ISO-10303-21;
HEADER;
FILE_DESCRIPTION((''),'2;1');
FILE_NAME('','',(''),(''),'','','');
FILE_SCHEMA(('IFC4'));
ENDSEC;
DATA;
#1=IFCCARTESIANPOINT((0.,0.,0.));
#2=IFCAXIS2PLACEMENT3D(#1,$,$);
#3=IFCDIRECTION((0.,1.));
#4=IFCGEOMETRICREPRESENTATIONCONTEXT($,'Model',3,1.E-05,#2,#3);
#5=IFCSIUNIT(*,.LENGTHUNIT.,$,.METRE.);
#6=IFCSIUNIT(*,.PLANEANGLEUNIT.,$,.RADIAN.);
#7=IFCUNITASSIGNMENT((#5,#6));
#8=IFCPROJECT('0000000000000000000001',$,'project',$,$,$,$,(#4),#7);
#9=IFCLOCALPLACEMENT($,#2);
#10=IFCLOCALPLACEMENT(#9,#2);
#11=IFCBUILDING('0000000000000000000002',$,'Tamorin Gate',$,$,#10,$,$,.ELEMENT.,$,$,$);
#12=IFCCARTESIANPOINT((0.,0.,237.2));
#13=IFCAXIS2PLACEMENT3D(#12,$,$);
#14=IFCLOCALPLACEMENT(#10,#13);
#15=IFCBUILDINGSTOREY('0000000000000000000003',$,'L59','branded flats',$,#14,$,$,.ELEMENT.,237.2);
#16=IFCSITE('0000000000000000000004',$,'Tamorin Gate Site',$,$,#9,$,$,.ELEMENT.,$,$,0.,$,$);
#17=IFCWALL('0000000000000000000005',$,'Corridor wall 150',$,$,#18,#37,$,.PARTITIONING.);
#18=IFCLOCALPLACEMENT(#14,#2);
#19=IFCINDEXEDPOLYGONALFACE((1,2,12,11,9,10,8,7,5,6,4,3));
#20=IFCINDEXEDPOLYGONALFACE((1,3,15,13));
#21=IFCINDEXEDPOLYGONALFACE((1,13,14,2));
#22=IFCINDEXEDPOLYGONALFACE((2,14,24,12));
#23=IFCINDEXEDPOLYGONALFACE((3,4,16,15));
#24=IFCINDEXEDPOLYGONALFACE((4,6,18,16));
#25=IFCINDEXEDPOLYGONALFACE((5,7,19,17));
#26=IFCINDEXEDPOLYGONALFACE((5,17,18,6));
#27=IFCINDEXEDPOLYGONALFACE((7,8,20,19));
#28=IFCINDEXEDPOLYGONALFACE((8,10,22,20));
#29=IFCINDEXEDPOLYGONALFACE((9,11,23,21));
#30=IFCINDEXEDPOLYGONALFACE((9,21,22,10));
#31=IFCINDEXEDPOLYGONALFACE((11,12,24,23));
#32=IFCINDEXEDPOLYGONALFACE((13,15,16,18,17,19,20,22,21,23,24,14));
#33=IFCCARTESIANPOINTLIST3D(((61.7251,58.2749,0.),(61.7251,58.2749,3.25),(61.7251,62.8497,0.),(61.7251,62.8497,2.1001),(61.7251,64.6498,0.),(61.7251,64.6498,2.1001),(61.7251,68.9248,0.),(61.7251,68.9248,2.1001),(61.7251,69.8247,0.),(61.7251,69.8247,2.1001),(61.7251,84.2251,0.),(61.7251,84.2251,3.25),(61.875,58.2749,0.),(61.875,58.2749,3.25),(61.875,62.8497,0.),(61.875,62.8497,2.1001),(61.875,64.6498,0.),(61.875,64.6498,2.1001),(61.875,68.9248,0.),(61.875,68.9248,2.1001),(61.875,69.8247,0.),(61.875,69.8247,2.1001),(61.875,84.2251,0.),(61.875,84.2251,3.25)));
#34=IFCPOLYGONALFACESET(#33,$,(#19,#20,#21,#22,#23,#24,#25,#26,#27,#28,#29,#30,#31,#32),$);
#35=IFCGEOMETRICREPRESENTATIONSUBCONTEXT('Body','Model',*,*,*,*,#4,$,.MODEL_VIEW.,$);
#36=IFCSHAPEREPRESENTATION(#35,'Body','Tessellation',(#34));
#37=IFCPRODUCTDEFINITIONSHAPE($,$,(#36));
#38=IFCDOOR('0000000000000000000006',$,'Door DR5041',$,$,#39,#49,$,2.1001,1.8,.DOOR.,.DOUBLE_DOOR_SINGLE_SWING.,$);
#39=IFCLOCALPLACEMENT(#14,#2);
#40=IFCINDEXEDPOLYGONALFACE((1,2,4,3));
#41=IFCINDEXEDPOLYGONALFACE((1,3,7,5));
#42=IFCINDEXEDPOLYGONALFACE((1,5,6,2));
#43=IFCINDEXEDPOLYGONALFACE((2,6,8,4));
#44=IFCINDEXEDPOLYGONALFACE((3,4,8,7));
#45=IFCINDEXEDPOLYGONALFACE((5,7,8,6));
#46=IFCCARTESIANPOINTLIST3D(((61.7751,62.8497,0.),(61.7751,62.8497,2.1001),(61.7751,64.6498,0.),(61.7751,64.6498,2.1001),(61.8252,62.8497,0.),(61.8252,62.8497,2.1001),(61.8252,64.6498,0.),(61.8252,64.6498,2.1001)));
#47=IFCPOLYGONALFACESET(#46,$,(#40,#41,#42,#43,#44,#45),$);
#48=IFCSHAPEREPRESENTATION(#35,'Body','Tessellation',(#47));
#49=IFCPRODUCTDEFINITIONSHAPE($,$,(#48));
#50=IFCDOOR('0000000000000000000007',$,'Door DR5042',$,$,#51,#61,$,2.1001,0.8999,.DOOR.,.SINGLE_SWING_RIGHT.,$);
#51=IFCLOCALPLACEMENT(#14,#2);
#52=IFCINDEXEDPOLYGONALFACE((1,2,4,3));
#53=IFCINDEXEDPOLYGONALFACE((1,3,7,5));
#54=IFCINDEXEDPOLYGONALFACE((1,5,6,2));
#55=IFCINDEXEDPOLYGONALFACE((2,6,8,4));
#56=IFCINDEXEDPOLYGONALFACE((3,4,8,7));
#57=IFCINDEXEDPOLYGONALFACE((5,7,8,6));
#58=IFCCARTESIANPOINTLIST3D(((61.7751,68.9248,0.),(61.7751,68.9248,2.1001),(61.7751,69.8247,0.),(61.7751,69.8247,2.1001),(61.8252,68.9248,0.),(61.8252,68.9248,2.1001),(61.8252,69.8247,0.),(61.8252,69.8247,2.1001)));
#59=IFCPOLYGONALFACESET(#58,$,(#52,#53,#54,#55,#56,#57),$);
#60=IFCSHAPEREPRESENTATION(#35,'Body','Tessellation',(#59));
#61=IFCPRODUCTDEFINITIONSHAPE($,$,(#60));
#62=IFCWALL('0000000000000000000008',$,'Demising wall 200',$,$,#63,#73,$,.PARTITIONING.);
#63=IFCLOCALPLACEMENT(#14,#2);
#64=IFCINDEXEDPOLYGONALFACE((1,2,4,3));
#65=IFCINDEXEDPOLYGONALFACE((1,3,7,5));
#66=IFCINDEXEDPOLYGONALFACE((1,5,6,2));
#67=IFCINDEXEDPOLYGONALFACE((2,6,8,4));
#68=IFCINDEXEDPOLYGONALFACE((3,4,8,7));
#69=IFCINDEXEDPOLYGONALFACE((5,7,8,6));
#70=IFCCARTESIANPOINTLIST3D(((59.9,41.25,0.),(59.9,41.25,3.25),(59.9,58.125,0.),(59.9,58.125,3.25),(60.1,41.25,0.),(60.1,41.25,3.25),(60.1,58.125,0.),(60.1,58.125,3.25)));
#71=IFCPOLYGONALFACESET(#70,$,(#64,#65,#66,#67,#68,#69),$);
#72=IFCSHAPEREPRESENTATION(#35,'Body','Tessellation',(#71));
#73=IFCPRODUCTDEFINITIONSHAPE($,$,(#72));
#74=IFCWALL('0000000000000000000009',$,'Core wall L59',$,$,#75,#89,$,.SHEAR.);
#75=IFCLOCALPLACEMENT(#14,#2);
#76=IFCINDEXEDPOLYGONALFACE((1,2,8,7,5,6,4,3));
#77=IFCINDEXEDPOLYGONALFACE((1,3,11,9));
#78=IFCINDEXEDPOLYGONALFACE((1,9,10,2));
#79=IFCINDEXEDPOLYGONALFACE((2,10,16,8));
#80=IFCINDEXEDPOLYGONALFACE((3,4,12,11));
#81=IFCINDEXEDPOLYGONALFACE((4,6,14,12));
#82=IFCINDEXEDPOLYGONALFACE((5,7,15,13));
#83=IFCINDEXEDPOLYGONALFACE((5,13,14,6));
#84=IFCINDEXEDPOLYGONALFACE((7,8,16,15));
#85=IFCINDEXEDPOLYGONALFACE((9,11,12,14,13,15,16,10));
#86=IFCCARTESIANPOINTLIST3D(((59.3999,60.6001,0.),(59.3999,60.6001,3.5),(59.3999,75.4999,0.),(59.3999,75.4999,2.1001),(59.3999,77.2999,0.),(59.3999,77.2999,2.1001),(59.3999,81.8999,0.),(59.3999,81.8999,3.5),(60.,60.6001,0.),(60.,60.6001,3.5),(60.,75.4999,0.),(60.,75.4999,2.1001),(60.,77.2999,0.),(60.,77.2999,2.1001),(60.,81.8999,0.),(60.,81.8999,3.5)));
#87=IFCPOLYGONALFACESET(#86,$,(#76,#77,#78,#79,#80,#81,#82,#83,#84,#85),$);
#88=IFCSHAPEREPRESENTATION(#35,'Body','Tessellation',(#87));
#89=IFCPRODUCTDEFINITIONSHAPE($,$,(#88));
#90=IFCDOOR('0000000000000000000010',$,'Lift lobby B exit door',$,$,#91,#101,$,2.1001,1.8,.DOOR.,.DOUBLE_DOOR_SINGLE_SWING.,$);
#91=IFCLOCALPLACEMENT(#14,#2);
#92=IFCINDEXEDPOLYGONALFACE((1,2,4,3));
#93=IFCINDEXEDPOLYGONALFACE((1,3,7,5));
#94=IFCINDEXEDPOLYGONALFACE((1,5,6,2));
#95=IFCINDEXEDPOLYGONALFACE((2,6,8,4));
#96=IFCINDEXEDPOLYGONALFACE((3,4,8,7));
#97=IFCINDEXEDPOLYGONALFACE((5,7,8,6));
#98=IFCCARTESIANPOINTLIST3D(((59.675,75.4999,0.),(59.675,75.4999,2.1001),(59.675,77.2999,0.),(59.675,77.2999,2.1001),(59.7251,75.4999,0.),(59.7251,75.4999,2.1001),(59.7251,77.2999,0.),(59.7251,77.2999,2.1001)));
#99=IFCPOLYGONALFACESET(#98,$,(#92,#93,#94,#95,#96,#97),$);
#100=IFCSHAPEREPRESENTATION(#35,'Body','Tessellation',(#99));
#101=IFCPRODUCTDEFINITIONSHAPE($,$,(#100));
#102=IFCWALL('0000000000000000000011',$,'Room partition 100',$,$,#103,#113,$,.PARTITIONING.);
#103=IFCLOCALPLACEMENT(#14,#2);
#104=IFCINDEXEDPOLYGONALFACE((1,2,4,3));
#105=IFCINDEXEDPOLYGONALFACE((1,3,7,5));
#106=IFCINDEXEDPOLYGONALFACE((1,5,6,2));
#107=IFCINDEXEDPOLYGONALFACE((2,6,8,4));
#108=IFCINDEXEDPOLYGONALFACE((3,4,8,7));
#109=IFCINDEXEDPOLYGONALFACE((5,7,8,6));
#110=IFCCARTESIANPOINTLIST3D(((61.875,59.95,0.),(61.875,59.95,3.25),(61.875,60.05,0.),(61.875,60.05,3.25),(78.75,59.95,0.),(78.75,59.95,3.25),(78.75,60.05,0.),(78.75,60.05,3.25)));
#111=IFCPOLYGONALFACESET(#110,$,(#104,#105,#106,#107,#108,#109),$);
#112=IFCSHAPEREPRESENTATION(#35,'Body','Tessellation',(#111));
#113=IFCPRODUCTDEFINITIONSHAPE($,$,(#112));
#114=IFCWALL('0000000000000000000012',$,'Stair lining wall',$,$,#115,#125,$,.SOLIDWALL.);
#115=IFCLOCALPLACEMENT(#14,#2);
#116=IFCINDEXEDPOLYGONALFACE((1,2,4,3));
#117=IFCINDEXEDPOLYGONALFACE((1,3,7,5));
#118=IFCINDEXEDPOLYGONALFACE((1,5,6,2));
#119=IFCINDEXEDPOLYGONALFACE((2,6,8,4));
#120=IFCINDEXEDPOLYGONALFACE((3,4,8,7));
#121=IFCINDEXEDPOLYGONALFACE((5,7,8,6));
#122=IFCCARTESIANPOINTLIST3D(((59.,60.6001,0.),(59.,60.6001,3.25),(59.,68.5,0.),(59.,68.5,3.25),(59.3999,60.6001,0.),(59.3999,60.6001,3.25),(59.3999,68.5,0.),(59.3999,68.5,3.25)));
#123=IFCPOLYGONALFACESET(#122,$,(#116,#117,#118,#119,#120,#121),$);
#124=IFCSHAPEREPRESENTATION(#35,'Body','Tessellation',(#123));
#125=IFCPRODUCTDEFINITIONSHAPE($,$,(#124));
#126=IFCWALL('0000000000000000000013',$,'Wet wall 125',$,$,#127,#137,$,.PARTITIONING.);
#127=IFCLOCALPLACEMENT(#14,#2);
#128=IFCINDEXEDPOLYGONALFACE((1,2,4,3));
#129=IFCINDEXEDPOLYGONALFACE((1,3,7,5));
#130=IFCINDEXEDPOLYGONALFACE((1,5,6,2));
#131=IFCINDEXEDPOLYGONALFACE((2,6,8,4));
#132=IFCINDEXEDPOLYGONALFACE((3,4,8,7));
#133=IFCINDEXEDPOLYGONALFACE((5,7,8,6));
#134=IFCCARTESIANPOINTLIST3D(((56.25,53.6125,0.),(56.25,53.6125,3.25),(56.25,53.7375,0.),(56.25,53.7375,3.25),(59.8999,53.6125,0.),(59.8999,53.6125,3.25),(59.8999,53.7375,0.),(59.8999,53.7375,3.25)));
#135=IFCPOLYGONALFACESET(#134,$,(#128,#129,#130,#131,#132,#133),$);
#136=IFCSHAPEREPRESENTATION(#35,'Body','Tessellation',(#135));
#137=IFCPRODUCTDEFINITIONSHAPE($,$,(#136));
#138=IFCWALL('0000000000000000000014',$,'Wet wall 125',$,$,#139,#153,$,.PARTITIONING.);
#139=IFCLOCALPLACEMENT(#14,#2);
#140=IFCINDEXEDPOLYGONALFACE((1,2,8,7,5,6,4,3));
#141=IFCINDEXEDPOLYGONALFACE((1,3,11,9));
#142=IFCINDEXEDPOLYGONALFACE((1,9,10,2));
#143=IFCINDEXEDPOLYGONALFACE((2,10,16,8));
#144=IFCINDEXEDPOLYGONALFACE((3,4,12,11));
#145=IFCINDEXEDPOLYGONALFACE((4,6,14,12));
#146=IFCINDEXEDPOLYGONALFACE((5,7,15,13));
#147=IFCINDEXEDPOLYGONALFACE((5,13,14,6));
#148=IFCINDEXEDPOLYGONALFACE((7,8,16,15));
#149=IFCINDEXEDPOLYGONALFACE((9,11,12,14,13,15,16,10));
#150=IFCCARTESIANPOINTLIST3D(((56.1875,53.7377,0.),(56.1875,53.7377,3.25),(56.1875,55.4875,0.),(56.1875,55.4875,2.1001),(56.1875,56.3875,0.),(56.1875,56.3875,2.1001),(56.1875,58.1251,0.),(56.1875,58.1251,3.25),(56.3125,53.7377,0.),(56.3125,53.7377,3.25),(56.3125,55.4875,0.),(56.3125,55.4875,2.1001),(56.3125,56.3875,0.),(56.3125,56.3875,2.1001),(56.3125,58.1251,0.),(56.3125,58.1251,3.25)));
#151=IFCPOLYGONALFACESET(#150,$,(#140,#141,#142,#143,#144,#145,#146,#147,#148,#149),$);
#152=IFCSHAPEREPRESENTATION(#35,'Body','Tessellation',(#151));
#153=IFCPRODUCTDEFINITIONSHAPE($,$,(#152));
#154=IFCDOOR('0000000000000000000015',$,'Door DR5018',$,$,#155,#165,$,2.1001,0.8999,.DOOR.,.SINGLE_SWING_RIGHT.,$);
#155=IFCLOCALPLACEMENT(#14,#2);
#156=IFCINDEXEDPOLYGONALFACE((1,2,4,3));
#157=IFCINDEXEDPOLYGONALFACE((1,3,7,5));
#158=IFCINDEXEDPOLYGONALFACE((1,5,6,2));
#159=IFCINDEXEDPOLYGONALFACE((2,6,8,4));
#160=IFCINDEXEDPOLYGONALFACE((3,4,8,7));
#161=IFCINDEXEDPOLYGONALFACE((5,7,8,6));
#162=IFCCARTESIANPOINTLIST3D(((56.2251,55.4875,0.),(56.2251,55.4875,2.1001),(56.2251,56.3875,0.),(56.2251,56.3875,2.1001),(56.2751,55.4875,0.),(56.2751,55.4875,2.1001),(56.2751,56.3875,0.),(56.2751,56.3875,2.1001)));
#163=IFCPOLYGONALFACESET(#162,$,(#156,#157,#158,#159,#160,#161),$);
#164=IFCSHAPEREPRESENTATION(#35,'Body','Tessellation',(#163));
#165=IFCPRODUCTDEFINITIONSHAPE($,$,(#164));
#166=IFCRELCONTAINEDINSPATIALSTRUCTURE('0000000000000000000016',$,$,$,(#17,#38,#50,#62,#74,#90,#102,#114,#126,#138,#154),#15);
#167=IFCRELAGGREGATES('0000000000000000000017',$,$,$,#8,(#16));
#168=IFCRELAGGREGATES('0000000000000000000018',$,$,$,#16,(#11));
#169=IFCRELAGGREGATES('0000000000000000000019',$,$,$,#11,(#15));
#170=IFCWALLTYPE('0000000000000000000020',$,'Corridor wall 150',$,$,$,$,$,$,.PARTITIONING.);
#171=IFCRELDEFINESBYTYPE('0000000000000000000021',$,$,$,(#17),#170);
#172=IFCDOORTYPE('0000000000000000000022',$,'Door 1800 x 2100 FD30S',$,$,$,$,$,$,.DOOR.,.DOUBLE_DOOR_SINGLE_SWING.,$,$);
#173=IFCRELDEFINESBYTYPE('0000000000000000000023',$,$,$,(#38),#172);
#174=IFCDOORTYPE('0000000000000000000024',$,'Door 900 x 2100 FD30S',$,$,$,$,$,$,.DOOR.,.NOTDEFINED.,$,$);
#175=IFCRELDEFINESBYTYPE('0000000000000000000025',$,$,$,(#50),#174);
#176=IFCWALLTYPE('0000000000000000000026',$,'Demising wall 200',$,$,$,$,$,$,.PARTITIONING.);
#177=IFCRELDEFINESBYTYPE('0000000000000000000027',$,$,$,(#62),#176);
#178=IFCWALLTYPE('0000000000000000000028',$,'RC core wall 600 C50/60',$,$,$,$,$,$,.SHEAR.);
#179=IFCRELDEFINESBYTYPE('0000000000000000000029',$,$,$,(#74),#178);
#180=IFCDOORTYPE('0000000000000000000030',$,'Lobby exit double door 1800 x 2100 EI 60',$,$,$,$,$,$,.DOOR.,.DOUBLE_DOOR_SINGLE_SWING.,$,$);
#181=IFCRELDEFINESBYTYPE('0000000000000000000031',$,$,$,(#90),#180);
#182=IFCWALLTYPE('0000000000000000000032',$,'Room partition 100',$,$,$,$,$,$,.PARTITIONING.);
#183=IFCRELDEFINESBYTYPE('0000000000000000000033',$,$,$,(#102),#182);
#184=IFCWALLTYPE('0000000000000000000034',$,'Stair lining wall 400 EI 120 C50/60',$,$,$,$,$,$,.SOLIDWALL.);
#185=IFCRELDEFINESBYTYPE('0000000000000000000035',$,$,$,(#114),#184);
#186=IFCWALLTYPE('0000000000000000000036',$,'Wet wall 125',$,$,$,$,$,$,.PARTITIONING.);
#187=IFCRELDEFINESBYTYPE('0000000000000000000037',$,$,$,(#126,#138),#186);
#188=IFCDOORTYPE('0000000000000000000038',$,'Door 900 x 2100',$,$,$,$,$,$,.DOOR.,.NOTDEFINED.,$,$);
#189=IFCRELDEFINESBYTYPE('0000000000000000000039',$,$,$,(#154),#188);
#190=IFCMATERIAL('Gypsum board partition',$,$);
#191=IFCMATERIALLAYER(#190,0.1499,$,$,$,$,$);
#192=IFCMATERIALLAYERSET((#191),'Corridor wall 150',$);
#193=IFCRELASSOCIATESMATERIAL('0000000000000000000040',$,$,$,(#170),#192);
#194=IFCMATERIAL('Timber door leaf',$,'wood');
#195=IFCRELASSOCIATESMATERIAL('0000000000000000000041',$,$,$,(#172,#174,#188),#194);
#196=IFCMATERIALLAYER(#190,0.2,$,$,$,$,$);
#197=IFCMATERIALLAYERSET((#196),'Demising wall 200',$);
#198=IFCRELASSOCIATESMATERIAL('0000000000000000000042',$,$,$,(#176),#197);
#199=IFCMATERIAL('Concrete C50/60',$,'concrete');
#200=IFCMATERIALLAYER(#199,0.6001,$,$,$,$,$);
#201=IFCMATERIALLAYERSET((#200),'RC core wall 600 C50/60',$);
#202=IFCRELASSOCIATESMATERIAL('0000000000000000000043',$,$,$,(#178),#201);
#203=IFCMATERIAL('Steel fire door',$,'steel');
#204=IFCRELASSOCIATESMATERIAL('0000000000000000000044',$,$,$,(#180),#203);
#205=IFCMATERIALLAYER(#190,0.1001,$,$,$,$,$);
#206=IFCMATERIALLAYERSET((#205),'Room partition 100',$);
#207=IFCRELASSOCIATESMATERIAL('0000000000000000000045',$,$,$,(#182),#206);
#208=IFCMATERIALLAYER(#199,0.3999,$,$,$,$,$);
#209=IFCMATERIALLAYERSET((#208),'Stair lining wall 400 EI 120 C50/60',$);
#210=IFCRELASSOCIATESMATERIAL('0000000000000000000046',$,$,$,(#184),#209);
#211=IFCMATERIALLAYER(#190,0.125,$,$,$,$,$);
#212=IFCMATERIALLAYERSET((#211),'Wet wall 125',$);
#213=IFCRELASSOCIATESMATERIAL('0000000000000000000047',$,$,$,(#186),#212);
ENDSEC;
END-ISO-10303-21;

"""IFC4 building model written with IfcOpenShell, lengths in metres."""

from ifc_helpers import new_model, si_unit, direction, frame, frame_2d, origin, place, context, subcontext, project, spatial, rectangle, extrude, material, layer, layer_set, type_object, element, fill, save


model = new_model("IFC4")

# Units and contexts
model_context = context("Model", 3, precision=1e-05, world=origin(), true_north=direction((0.0, 1.0)))
body_context = subcontext(model_context, "Body", "Model", "MODEL_VIEW")
ifc_project = project(units=[si_unit("LENGTHUNIT", "METRE"), si_unit("PLANEANGLEUNIT", "RADIAN")], contexts=[model_context])

# Site, building, storey
site_placement = place(None, origin())
site = spatial("IfcSite", under=ifc_project, at=site_placement, Name="Tamorin Gate Site", CompositionType="ELEMENT", RefElevation=0.0)
building_placement = place(site_placement, origin())
building = spatial("IfcBuilding", under=site, at=building_placement, Name="Tamorin Gate", CompositionType="ELEMENT")
storey_placement = place(building_placement, frame((0.0, 0.0, 237.2)))
storey = spatial("IfcBuildingStorey", under=building, at=storey_placement, Name="L59", Description="branded flats", CompositionType="ELEMENT", Elevation=237.2)

# Shared definitions
ifc_material_1 = material(Name="Concrete C50/60", Category="concrete")

# Wall, openings, doors
ifc_material_2 = material(Name="Gypsum board partition")
ifc_layer_1 = layer(ifc_material_2, 0.1499)
ifc_layer_set_1 = layer_set([ifc_layer_1], Name="Corridor wall 150")
wall_type_1 = type_object("IfcWallType", Name="Corridor wall 150", PredefinedType="PARTITIONING", material=ifc_layer_set_1)
wall_1_placement = place(storey_placement, frame((61.8, 58.2749, 0.0), z_axis=(0.0, 0.0, 1.0), x_axis=(0.0, 1.0, 0.0)))
wall_1 = element("IfcWall", 1, at=wall_1_placement, inside=storey, type_object=wall_type_1, Name="Corridor wall 150", PredefinedType="PARTITIONING", context=body_context, shape_type="SweptSolid", body=[
    extrude(rectangle(XDim=25.9502, YDim=0.1499, at=frame_2d((12.9751, 0.0))), origin(), (0.0, 0.0, 1.0), 3.25),
])
opening_1_placement = place(wall_1_placement, frame((4.575, 0.0, 0.0)))
opening_1 = element("IfcOpeningElement", 2, at=opening_1_placement, cuts=wall_1, PredefinedType="OPENING", context=body_context, shape_type="SweptSolid", body=[
    extrude(rectangle(XDim=1.8, YDim=2.1001, at=frame_2d((0.8999, 1.05))), frame((0.0, 0.085, 0.0), z_axis=(0.0, -1.0, 0.0), x_axis=(1.0, 0.0, 0.0)), (0.0, 0.0, 1.0), 0.1699),
])
opening_2_placement = place(wall_1_placement, frame((10.6499, 0.0, 0.0)))
opening_2 = element("IfcOpeningElement", 3, at=opening_2_placement, cuts=wall_1, PredefinedType="OPENING", context=body_context, shape_type="SweptSolid", body=[
    extrude(rectangle(XDim=0.8999, YDim=2.1001, at=frame_2d((0.45, 1.05))), frame((0.0, 0.085, 0.0), z_axis=(0.0, -1.0, 0.0), x_axis=(1.0, 0.0, 0.0)), (0.0, 0.0, 1.0), 0.1699),
])
ifc_material_3 = material(Name="Timber door leaf", Category="wood")
door_type_1 = type_object("IfcDoorType", Name="Door 1800 x 2100 FD30S", OperationType="DOUBLE_DOOR_SINGLE_SWING", PredefinedType="DOOR", material=ifc_material_3)
door_1_placement = place(opening_1_placement, origin())
door_1 = element("IfcDoor", 4, at=door_1_placement, inside=storey, type_object=door_type_1, Name="Door DR5041", OperationType="DOUBLE_DOOR_SINGLE_SWING", OverallHeight=2.1001, OverallWidth=1.8, PredefinedType="DOOR", context=body_context, shape_type="SweptSolid", body=[
    extrude(rectangle(XDim=1.8, YDim=2.1001, at=frame_2d((0.8999, 1.05))), frame((0.0, 0.0249, 0.0), z_axis=(0.0, -1.0, 0.0), x_axis=(1.0, 0.0, 0.0)), (0.0, 0.0, 1.0), 0.05),
])
fill(opening_1, door_1)
door_type_2 = type_object("IfcDoorType", Name="Door 900 x 2100 FD30S", OperationType="NOTDEFINED", PredefinedType="DOOR", material=ifc_material_3)
door_2_placement = place(opening_2_placement, origin())
door_2 = element("IfcDoor", 5, at=door_2_placement, inside=storey, type_object=door_type_2, Name="Door DR5042", OperationType="SINGLE_SWING_RIGHT", OverallHeight=2.1001, OverallWidth=0.8999, PredefinedType="DOOR", context=body_context, shape_type="SweptSolid", body=[
    extrude(rectangle(XDim=0.8999, YDim=2.1001, at=frame_2d((0.45, 1.05))), frame((0.0, 0.0249, 0.0), z_axis=(0.0, -1.0, 0.0), x_axis=(1.0, 0.0, 0.0)), (0.0, 0.0, 1.0), 0.05),
])
fill(opening_2, door_2)

# Wall
ifc_layer_2 = layer(ifc_material_2, 0.2)
ifc_layer_set_2 = layer_set([ifc_layer_2], Name="Demising wall 200")
wall_type_2 = type_object("IfcWallType", Name="Demising wall 200", PredefinedType="PARTITIONING", material=ifc_layer_set_2)
wall_2_placement = place(storey_placement, frame((60.0, 41.25, 0.0), z_axis=(0.0, 0.0, 1.0), x_axis=(0.0, 1.0, 0.0)))
element("IfcWall", 6, at=wall_2_placement, inside=storey, type_object=wall_type_2, Name="Demising wall 200", PredefinedType="PARTITIONING", context=body_context, shape_type="SweptSolid", body=[
    extrude(rectangle(XDim=16.875, YDim=0.2, at=frame_2d((8.4375, 0.0))), origin(), (0.0, 0.0, 1.0), 3.25),
])

# Wall, opening, door
ifc_layer_3 = layer(ifc_material_1, 0.6001)
ifc_layer_set_3 = layer_set([ifc_layer_3], Name="RC core wall 600 C50/60")
wall_type_3 = type_object("IfcWallType", Name="RC core wall 600 C50/60", PredefinedType="SHEAR", material=ifc_layer_set_3)
wall_3_placement = place(storey_placement, frame((59.7, 60.6001, 0.0), z_axis=(0.0, 0.0, 1.0), x_axis=(0.0, 1.0, 0.0)))
wall_3 = element("IfcWall", 7, at=wall_3_placement, inside=storey, type_object=wall_type_3, Name="Core wall L59", PredefinedType="SHEAR", context=body_context, shape_type="SweptSolid", body=[
    extrude(rectangle(XDim=21.2998, YDim=0.6001, at=frame_2d((10.6499, 0.0))), origin(), (0.0, 0.0, 1.0), 3.5),
])
opening_3_placement = place(wall_3_placement, frame((14.8999, 0.0, 0.0)))
opening_3 = element("IfcOpeningElement", 8, at=opening_3_placement, cuts=wall_3, PredefinedType="OPENING", context=body_context, shape_type="SweptSolid", body=[
    extrude(rectangle(XDim=1.8, YDim=2.1001, at=frame_2d((0.8999, 1.05))), frame((0.0, 0.3101, 0.0), z_axis=(0.0, -1.0, 0.0), x_axis=(1.0, 0.0, 0.0)), (0.0, 0.0, 1.0), 0.6201),
])
ifc_material_4 = material(Name="Steel fire door", Category="steel")
door_type_3 = type_object("IfcDoorType", Name="Lobby exit double door 1800 x 2100 EI 60", OperationType="DOUBLE_DOOR_SINGLE_SWING", PredefinedType="DOOR", material=ifc_material_4)
door_3_placement = place(opening_3_placement, origin())
door_3 = element("IfcDoor", 9, at=door_3_placement, inside=storey, type_object=door_type_3, Name="Lift lobby B exit door", OperationType="DOUBLE_DOOR_SINGLE_SWING", OverallHeight=2.1001, OverallWidth=1.8, PredefinedType="DOOR", context=body_context, shape_type="SweptSolid", body=[
    extrude(rectangle(XDim=1.8, YDim=2.1001, at=frame_2d((0.8999, 1.05))), frame((0.0, 0.0249, 0.0), z_axis=(0.0, -1.0, 0.0), x_axis=(1.0, 0.0, 0.0)), (0.0, 0.0, 1.0), 0.05),
])
fill(opening_3, door_3)

# Walls
ifc_layer_4 = layer(ifc_material_2, 0.1001)
ifc_layer_set_4 = layer_set([ifc_layer_4], Name="Room partition 100")
wall_type_4 = type_object("IfcWallType", Name="Room partition 100", PredefinedType="PARTITIONING", material=ifc_layer_set_4)
wall_4_placement = place(storey_placement, frame((61.875, 60.0, 0.0), z_axis=(0.0, 0.0, 1.0), x_axis=(1.0, 0.0, 0.0)))
element("IfcWall", 10, at=wall_4_placement, inside=storey, type_object=wall_type_4, Name="Room partition 100", PredefinedType="PARTITIONING", context=body_context, shape_type="SweptSolid", body=[
    extrude(rectangle(XDim=16.875, YDim=0.1001, at=frame_2d((8.4375, 0.0))), origin(), (0.0, 0.0, 1.0), 3.25),
])
ifc_layer_5 = layer(ifc_material_1, 0.3999)
ifc_layer_set_5 = layer_set([ifc_layer_5], Name="Stair lining wall 400 EI 120 C50/60")
wall_type_5 = type_object("IfcWallType", Name="Stair lining wall 400 EI 120 C50/60", PredefinedType="SOLIDWALL", material=ifc_layer_set_5)
wall_5_placement = place(storey_placement, frame((59.2, 60.6001, 0.0), z_axis=(0.0, 0.0, 1.0), x_axis=(0.0, 1.0, 0.0)))
element("IfcWall", 11, at=wall_5_placement, inside=storey, type_object=wall_type_5, Name="Stair lining wall", PredefinedType="SOLIDWALL", context=body_context, shape_type="SweptSolid", body=[
    extrude(rectangle(XDim=7.8999, YDim=0.3999, at=frame_2d((3.95, 0.0))), origin(), (0.0, 0.0, 1.0), 3.25),
])
ifc_layer_6 = layer(ifc_material_2, 0.125)
ifc_layer_set_6 = layer_set([ifc_layer_6], Name="Wet wall 125")
wall_type_6 = type_object("IfcWallType", Name="Wet wall 125", PredefinedType="PARTITIONING", material=ifc_layer_set_6)
wall_6_placement = place(storey_placement, frame((56.25, 53.675, 0.0), z_axis=(0.0, 0.0, 1.0), x_axis=(1.0, 0.0, 0.0)))
element("IfcWall", 12, at=wall_6_placement, inside=storey, type_object=wall_type_6, Name="Wet wall 125", PredefinedType="PARTITIONING", context=body_context, shape_type="SweptSolid", body=[
    extrude(rectangle(XDim=3.6499, YDim=0.125, at=frame_2d((1.825, 0.0))), origin(), (0.0, 0.0, 1.0), 3.25),
])

# Wall, opening, door
wall_7_placement = place(storey_placement, frame((56.25, 53.7375, 0.0), z_axis=(0.0, 0.0, 1.0), x_axis=(0.0, 1.0, 0.0)))
wall_7 = element("IfcWall", 13, at=wall_7_placement, inside=storey, type_object=wall_type_6, Name="Wet wall 125", PredefinedType="PARTITIONING", context=body_context, shape_type="SweptSolid", body=[
    extrude(rectangle(XDim=4.3875, YDim=0.125, at=frame_2d((2.1938, 0.0))), origin(), (0.0, 0.0, 1.0), 3.25),
])
opening_4_placement = place(wall_7_placement, frame((1.75, 0.0, 0.0)))
opening_4 = element("IfcOpeningElement", 14, at=opening_4_placement, cuts=wall_7, PredefinedType="OPENING", context=body_context, shape_type="SweptSolid", body=[
    extrude(rectangle(XDim=0.8999, YDim=2.1001, at=frame_2d((0.45, 1.05))), frame((0.0, 0.0725, 0.0), z_axis=(0.0, -1.0, 0.0), x_axis=(1.0, 0.0, 0.0)), (0.0, 0.0, 1.0), 0.145),
])
door_type_4 = type_object("IfcDoorType", Name="Door 900 x 2100", OperationType="NOTDEFINED", PredefinedType="DOOR", material=ifc_material_3)
door_4_placement = place(opening_4_placement, origin())
door_4 = element("IfcDoor", 15, at=door_4_placement, inside=storey, type_object=door_type_4, Name="Door DR5018", OperationType="SINGLE_SWING_RIGHT", OverallHeight=2.1001, OverallWidth=0.8999, PredefinedType="DOOR", context=body_context, shape_type="SweptSolid", body=[
    extrude(rectangle(XDim=0.8999, YDim=2.1001, at=frame_2d((0.45, 1.05))), frame((0.0, 0.0249, 0.0), z_axis=(0.0, -1.0, 0.0), x_axis=(1.0, 0.0, 0.0)), (0.0, 0.0, 1.0), 0.05),
])
fill(opening_4, door_4)

save(model, "model.ifc")
